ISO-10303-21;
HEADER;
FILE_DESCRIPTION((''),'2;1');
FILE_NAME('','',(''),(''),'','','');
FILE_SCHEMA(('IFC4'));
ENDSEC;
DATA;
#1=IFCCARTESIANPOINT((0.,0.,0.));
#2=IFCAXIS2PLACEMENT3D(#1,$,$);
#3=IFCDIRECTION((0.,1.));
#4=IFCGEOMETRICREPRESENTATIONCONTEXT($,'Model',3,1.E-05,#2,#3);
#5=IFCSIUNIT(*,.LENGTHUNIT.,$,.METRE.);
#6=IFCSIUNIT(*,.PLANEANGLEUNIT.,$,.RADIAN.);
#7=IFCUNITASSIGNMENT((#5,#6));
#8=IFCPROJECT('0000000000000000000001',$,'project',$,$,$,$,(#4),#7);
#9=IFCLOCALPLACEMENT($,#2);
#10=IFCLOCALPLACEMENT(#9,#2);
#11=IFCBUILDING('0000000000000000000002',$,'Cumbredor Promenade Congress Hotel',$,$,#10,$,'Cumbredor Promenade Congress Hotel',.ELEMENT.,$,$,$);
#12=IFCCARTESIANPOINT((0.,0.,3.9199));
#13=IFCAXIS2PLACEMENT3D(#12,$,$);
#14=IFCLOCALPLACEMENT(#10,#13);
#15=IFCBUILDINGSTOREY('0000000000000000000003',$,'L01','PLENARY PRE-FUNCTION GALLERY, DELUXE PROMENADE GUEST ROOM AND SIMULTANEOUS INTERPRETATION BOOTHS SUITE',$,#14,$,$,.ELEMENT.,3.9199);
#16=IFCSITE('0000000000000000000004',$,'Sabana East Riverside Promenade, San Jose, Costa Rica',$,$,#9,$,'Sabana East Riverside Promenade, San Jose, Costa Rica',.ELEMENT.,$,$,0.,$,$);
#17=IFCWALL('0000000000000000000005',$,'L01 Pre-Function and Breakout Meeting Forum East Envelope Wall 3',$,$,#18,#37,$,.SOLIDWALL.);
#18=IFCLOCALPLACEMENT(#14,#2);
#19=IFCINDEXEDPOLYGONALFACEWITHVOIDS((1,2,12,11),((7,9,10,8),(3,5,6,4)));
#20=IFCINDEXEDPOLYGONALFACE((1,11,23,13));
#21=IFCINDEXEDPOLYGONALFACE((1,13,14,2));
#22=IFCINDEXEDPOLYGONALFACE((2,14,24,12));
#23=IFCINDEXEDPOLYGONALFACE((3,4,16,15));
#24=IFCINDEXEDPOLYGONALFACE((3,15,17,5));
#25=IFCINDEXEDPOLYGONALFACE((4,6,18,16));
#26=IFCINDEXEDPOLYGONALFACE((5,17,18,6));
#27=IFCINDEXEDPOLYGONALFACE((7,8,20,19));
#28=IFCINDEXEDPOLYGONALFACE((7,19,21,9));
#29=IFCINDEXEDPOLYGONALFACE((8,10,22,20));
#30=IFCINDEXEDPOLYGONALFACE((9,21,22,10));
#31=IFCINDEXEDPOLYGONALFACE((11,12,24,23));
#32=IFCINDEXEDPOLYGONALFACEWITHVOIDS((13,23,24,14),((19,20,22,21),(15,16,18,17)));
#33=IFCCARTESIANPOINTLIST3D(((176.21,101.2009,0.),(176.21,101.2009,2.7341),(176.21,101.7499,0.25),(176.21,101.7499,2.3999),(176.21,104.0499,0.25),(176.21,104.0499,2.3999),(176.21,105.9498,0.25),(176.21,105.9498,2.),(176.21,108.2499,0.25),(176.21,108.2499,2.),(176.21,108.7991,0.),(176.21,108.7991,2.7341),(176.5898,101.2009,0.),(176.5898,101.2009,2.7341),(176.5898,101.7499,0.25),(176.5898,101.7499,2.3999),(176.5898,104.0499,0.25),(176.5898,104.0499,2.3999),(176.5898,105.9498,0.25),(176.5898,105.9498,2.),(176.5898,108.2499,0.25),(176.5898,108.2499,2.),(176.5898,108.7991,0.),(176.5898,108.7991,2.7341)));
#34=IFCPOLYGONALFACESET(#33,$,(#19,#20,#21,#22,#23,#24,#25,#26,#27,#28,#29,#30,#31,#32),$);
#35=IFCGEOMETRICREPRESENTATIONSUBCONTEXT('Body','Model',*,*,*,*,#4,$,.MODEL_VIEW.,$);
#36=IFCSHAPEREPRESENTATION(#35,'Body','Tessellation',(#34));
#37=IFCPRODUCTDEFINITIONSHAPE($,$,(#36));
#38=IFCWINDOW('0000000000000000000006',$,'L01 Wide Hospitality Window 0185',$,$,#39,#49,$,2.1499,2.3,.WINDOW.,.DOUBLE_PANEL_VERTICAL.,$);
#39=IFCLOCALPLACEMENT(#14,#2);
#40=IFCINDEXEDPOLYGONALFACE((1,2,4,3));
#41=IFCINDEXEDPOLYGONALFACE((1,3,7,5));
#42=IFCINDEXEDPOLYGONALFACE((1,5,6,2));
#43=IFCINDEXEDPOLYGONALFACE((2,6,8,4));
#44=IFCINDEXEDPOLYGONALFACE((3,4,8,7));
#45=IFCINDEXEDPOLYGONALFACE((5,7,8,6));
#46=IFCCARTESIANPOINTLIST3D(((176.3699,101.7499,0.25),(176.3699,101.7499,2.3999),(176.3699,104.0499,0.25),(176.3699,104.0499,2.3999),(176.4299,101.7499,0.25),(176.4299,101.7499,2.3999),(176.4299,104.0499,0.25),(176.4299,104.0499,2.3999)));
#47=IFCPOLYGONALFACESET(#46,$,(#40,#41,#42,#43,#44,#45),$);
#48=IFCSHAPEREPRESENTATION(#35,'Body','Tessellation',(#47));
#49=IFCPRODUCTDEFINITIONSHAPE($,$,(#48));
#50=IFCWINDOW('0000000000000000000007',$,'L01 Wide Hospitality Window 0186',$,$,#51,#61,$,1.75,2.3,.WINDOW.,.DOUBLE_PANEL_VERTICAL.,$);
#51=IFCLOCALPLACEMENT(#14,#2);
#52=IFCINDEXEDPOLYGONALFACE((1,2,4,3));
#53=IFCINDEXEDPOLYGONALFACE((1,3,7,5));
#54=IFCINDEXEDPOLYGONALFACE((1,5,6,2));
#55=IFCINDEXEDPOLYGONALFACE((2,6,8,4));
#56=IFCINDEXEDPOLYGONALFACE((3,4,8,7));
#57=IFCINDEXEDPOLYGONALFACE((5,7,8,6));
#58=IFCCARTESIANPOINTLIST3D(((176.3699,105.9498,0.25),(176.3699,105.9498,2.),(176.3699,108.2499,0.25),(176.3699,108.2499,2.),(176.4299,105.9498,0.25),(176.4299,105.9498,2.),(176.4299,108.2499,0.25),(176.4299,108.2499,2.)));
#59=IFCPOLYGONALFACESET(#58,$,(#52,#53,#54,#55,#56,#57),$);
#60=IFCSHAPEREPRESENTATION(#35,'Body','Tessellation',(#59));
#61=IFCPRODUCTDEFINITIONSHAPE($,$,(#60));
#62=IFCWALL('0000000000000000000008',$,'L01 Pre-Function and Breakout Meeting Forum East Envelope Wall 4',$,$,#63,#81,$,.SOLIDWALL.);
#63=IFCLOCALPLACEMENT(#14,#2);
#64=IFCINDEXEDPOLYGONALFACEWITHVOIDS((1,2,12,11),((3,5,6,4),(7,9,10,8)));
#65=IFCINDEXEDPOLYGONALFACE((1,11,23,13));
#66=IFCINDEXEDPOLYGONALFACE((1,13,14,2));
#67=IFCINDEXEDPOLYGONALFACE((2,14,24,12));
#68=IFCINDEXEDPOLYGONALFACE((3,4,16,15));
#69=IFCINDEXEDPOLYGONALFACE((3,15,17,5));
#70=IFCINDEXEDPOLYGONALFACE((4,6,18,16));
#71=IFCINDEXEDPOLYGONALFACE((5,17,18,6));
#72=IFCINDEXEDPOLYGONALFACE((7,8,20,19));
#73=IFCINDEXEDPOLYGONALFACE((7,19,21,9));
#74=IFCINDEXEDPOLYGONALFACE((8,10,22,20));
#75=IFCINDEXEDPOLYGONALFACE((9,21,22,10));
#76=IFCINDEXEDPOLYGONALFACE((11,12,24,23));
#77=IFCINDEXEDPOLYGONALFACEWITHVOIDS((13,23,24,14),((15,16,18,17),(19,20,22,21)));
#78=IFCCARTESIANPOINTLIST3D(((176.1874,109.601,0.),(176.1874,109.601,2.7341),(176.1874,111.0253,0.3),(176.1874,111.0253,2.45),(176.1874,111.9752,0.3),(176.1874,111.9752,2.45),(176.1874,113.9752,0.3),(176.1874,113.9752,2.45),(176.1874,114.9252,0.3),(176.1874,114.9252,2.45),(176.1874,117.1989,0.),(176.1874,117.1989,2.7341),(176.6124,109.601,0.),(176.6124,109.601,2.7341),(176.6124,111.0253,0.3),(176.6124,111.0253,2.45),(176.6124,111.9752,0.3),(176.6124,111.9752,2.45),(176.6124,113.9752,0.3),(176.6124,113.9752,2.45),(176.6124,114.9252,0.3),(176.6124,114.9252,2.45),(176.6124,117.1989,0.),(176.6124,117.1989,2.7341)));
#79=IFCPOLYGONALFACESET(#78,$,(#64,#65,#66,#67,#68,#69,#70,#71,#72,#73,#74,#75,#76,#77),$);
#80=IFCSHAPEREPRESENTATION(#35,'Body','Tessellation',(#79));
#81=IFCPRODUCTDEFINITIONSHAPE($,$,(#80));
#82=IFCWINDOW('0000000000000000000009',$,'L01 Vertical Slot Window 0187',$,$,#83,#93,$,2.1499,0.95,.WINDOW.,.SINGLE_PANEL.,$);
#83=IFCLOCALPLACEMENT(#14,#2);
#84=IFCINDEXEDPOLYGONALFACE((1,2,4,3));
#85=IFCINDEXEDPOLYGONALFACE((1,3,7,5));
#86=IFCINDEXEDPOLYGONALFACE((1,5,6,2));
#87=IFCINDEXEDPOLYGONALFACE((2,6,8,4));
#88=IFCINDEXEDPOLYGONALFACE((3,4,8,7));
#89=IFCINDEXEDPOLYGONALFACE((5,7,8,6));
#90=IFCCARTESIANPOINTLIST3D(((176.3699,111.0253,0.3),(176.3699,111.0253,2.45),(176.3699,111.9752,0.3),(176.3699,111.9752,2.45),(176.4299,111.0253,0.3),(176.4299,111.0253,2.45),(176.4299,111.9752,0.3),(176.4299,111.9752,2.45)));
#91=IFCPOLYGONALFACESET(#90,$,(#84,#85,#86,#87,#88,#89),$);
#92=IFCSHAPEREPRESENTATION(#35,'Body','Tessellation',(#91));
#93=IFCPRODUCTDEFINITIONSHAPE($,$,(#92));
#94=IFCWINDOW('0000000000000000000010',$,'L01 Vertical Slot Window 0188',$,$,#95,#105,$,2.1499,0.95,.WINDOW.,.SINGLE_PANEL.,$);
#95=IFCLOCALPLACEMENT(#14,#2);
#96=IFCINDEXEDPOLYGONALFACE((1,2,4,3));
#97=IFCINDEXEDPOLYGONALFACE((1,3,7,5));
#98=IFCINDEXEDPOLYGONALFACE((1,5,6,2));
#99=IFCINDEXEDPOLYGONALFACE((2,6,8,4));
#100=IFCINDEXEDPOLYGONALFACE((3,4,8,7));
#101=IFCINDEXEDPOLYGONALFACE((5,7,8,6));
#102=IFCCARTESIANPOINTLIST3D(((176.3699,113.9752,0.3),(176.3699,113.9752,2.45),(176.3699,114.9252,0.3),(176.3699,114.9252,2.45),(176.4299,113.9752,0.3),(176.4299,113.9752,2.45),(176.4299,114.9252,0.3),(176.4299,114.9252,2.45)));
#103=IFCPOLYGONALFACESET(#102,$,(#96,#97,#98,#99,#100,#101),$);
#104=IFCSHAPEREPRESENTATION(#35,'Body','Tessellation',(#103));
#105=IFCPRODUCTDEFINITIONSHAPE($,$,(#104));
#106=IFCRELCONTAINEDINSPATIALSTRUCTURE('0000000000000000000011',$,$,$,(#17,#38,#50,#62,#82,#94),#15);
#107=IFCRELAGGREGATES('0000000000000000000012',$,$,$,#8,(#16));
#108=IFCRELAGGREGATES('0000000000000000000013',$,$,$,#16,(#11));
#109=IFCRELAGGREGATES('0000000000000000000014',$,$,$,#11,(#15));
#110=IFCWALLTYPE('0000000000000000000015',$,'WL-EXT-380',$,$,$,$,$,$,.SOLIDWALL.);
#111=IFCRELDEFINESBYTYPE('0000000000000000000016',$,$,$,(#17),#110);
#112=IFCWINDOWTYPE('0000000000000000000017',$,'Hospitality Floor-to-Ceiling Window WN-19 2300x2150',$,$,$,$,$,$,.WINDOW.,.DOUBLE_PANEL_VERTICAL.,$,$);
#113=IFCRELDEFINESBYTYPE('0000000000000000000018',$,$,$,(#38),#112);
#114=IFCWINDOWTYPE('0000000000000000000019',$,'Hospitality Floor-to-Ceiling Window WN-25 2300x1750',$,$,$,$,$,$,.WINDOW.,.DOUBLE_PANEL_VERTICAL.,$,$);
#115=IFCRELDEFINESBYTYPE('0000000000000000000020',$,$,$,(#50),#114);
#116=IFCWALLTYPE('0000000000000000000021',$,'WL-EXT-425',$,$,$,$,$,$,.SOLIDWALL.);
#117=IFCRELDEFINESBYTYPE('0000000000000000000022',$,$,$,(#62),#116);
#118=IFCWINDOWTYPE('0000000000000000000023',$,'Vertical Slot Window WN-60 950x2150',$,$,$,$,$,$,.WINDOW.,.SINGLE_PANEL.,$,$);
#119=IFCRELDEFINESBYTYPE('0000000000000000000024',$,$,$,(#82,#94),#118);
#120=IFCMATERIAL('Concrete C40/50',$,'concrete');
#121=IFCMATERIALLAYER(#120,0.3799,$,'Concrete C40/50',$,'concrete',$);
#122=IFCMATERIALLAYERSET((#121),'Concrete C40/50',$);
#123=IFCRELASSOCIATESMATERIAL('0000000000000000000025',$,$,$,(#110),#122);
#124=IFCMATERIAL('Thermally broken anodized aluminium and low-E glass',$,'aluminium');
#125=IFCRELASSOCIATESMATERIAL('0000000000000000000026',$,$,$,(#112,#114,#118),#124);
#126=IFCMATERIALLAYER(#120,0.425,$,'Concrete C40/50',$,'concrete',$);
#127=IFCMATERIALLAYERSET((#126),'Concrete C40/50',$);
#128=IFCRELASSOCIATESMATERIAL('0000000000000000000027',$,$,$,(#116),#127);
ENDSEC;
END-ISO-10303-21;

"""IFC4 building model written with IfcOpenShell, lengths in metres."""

from ifc_helpers import new_model, si_unit, direction, frame, frame_2d, origin, place, context, subcontext, project, spatial, rectangle, extrude, material, layer, layer_set, type_object, element, fill, save


model = new_model("IFC4")

# Units and contexts
model_context = context("Model", 3, precision=1e-05, world=origin(), true_north=direction((0.0, 1.0)))
body_context = subcontext(model_context, "Body", "Model", "MODEL_VIEW")
ifc_project = project(units=[si_unit("LENGTHUNIT", "METRE"), si_unit("PLANEANGLEUNIT", "RADIAN")], contexts=[model_context])

# Site, building, storey
site_placement = place(None, origin())
site = spatial("IfcSite", under=ifc_project, at=site_placement, Name="Sabana East Riverside Promenade, San Jose, Costa Rica", LongName="Sabana East Riverside Promenade, San Jose, Costa Rica", CompositionType="ELEMENT", RefElevation=0.0)
building_placement = place(site_placement, origin())
building = spatial("IfcBuilding", under=site, at=building_placement, Name="Cumbredor Promenade Congress Hotel", LongName="Cumbredor Promenade Congress Hotel", CompositionType="ELEMENT")
storey_placement = place(building_placement, frame((0.0, 0.0, 3.9199)))
storey = spatial("IfcBuildingStorey", under=building, at=storey_placement, Name="L01", Description="PLENARY PRE-FUNCTION GALLERY, DELUXE PROMENADE GUEST ROOM AND SIMULTANEOUS INTERPRETATION BOOTHS SUITE", CompositionType="ELEMENT", Elevation=3.9199)

# Shared definitions
ifc_material_1 = material(Name="Thermally broken anodized aluminium and low-E glass", Category="aluminium")

# Walls, openings, windows
ifc_material_2 = material(Name="Concrete C40/50", Category="concrete")
ifc_layer_1 = layer(ifc_material_2, 0.3799, Name="Concrete C40/50", Category="concrete")
ifc_layer_set_1 = layer_set([ifc_layer_1], Name="Concrete C40/50")
wall_type_1 = type_object("IfcWallType", Name="WL-EXT-380", PredefinedType="SOLIDWALL", material=ifc_layer_set_1)
wall_1_placement = place(storey_placement, frame((176.3999, 101.2009, 0.0), z_axis=(0.0, 0.0, 1.0), x_axis=(0.0, 1.0, 0.0)))
wall_1 = element("IfcWall", 1, at=wall_1_placement, inside=storey, type_object=wall_type_1, Name="L01 Pre-Function and Breakout Meeting Forum East Envelope Wall 3", PredefinedType="SOLIDWALL", context=body_context, shape_type="SweptSolid", body=[
    extrude(rectangle(XDim=7.5981, YDim=0.3799, at=frame_2d((3.7991, 0.0))), origin(), (0.0, 0.0, 1.0), 2.7341),
])
opening_1_placement = place(wall_1_placement, frame((0.5491, 0.0, 0.25)))
opening_1 = element("IfcOpeningElement", 2, at=opening_1_placement, cuts=wall_1, PredefinedType="OPENING", context=body_context, shape_type="SweptSolid", body=[
    extrude(rectangle(XDim=2.3, YDim=2.1499, at=frame_2d((1.1499, 1.075))), frame((0.0, 0.2, 0.0), z_axis=(0.0, -1.0, 0.0), x_axis=(1.0, 0.0, 0.0)), (0.0, 0.0, 1.0), 0.3999),
])
opening_2_placement = place(wall_1_placement, frame((4.749, 0.0, 0.25)))
opening_2 = element("IfcOpeningElement", 3, at=opening_2_placement, cuts=wall_1, PredefinedType="OPENING", context=body_context, shape_type="SweptSolid", body=[
    extrude(rectangle(XDim=2.3, YDim=1.75, at=frame_2d((1.1499, 0.875))), frame((0.0, 0.2, 0.0), z_axis=(0.0, -1.0, 0.0), x_axis=(1.0, 0.0, 0.0)), (0.0, 0.0, 1.0), 0.3999),
])
window_type_1 = type_object("IfcWindowType", Name="Hospitality Floor-to-Ceiling Window WN-19 2300x2150", PartitioningType="DOUBLE_PANEL_VERTICAL", PredefinedType="WINDOW", material=ifc_material_1)
window_1_placement = place(opening_1_placement, origin())
window_1 = element("IfcWindow", 4, at=window_1_placement, inside=storey, type_object=window_type_1, Name="L01 Wide Hospitality Window 0185", OverallHeight=2.1499, OverallWidth=2.3, PartitioningType="DOUBLE_PANEL_VERTICAL", PredefinedType="WINDOW", context=body_context, shape_type="SweptSolid", body=[
    extrude(rectangle(XDim=2.3, YDim=2.1499, at=frame_2d((1.1499, 1.075))), frame((0.0, 0.03, 0.0), z_axis=(0.0, -1.0, 0.0), x_axis=(1.0, 0.0, 0.0)), (0.0, 0.0, 1.0), 0.0601),
])
fill(opening_1, window_1)
window_type_2 = type_object("IfcWindowType", Name="Hospitality Floor-to-Ceiling Window WN-25 2300x1750", PartitioningType="DOUBLE_PANEL_VERTICAL", PredefinedType="WINDOW", material=ifc_material_1)
window_2_placement = place(opening_2_placement, origin())
window_2 = element("IfcWindow", 5, at=window_2_placement, inside=storey, type_object=window_type_2, Name="L01 Wide Hospitality Window 0186", OverallHeight=1.75, OverallWidth=2.3, PartitioningType="DOUBLE_PANEL_VERTICAL", PredefinedType="WINDOW", context=body_context, shape_type="SweptSolid", body=[
    extrude(rectangle(XDim=2.3, YDim=1.75, at=frame_2d((1.1499, 0.875))), frame((0.0, 0.03, 0.0), z_axis=(0.0, -1.0, 0.0), x_axis=(1.0, 0.0, 0.0)), (0.0, 0.0, 1.0), 0.0601),
])
fill(opening_2, window_2)
ifc_layer_2 = layer(ifc_material_2, 0.425, Name="Concrete C40/50", Category="concrete")
ifc_layer_set_2 = layer_set([ifc_layer_2], Name="Concrete C40/50")
wall_type_2 = type_object("IfcWallType", Name="WL-EXT-425", PredefinedType="SOLIDWALL", material=ifc_layer_set_2)
wall_2_placement = place(storey_placement, frame((176.3999, 109.6011, 0.0), z_axis=(0.0, 0.0, 1.0), x_axis=(0.0, 1.0, 0.0)))
wall_2 = element("IfcWall", 6, at=wall_2_placement, inside=storey, type_object=wall_type_2, Name="L01 Pre-Function and Breakout Meeting Forum East Envelope Wall 4", PredefinedType="SOLIDWALL", context=body_context, shape_type="SweptSolid", body=[
    extrude(rectangle(XDim=7.5979, YDim=0.425, at=frame_2d((3.7988, 0.0))), origin(), (0.0, 0.0, 1.0), 2.7341),
])
opening_3_placement = place(wall_2_placement, frame((1.4241, 0.0, 0.3)))
opening_3 = element("IfcOpeningElement", 7, at=opening_3_placement, cuts=wall_2, PredefinedType="OPENING", context=body_context, shape_type="SweptSolid", body=[
    extrude(rectangle(XDim=0.95, YDim=2.1499, at=frame_2d((0.4751, 1.075))), frame((0.0, 0.2227, 0.0), z_axis=(0.0, -1.0, 0.0), x_axis=(1.0, 0.0, 0.0)), (0.0, 0.0, 1.0), 0.4451),
])
opening_4_placement = place(wall_2_placement, frame((4.374, 0.0, 0.3)))
opening_4 = element("IfcOpeningElement", 8, at=opening_4_placement, cuts=wall_2, PredefinedType="OPENING", context=body_context, shape_type="SweptSolid", body=[
    extrude(rectangle(XDim=0.95, YDim=2.1499, at=frame_2d((0.4751, 1.075))), frame((0.0, 0.2227, 0.0), z_axis=(0.0, -1.0, 0.0), x_axis=(1.0, 0.0, 0.0)), (0.0, 0.0, 1.0), 0.4451),
])
window_type_3 = type_object("IfcWindowType", Name="Vertical Slot Window WN-60 950x2150", PartitioningType="SINGLE_PANEL", PredefinedType="WINDOW", material=ifc_material_1)
window_3_placement = place(opening_3_placement, origin())
window_3 = element("IfcWindow", 9, at=window_3_placement, inside=storey, type_object=window_type_3, Name="L01 Vertical Slot Window 0187", OverallHeight=2.1499, OverallWidth=0.95, PartitioningType="SINGLE_PANEL", PredefinedType="WINDOW", context=body_context, shape_type="SweptSolid", body=[
    extrude(rectangle(XDim=0.95, YDim=2.1499, at=frame_2d((0.4751, 1.075))), frame((0.0, 0.03, 0.0), z_axis=(0.0, -1.0, 0.0), x_axis=(1.0, 0.0, 0.0)), (0.0, 0.0, 1.0), 0.0601),
])
fill(opening_3, window_3)
window_4_placement = place(opening_4_placement, origin())
window_4 = element("IfcWindow", 10, at=window_4_placement, inside=storey, type_object=window_type_3, Name="L01 Vertical Slot Window 0188", OverallHeight=2.1499, OverallWidth=0.95, PartitioningType="SINGLE_PANEL", PredefinedType="WINDOW", context=body_context, shape_type="SweptSolid", body=[
    extrude(rectangle(XDim=0.95, YDim=2.1499, at=frame_2d((0.4751, 1.075))), frame((0.0, 0.03, 0.0), z_axis=(0.0, -1.0, 0.0), x_axis=(1.0, 0.0, 0.0)), (0.0, 0.0, 1.0), 0.0601),
])
fill(opening_4, window_4)

save(model, "model.ifc")
